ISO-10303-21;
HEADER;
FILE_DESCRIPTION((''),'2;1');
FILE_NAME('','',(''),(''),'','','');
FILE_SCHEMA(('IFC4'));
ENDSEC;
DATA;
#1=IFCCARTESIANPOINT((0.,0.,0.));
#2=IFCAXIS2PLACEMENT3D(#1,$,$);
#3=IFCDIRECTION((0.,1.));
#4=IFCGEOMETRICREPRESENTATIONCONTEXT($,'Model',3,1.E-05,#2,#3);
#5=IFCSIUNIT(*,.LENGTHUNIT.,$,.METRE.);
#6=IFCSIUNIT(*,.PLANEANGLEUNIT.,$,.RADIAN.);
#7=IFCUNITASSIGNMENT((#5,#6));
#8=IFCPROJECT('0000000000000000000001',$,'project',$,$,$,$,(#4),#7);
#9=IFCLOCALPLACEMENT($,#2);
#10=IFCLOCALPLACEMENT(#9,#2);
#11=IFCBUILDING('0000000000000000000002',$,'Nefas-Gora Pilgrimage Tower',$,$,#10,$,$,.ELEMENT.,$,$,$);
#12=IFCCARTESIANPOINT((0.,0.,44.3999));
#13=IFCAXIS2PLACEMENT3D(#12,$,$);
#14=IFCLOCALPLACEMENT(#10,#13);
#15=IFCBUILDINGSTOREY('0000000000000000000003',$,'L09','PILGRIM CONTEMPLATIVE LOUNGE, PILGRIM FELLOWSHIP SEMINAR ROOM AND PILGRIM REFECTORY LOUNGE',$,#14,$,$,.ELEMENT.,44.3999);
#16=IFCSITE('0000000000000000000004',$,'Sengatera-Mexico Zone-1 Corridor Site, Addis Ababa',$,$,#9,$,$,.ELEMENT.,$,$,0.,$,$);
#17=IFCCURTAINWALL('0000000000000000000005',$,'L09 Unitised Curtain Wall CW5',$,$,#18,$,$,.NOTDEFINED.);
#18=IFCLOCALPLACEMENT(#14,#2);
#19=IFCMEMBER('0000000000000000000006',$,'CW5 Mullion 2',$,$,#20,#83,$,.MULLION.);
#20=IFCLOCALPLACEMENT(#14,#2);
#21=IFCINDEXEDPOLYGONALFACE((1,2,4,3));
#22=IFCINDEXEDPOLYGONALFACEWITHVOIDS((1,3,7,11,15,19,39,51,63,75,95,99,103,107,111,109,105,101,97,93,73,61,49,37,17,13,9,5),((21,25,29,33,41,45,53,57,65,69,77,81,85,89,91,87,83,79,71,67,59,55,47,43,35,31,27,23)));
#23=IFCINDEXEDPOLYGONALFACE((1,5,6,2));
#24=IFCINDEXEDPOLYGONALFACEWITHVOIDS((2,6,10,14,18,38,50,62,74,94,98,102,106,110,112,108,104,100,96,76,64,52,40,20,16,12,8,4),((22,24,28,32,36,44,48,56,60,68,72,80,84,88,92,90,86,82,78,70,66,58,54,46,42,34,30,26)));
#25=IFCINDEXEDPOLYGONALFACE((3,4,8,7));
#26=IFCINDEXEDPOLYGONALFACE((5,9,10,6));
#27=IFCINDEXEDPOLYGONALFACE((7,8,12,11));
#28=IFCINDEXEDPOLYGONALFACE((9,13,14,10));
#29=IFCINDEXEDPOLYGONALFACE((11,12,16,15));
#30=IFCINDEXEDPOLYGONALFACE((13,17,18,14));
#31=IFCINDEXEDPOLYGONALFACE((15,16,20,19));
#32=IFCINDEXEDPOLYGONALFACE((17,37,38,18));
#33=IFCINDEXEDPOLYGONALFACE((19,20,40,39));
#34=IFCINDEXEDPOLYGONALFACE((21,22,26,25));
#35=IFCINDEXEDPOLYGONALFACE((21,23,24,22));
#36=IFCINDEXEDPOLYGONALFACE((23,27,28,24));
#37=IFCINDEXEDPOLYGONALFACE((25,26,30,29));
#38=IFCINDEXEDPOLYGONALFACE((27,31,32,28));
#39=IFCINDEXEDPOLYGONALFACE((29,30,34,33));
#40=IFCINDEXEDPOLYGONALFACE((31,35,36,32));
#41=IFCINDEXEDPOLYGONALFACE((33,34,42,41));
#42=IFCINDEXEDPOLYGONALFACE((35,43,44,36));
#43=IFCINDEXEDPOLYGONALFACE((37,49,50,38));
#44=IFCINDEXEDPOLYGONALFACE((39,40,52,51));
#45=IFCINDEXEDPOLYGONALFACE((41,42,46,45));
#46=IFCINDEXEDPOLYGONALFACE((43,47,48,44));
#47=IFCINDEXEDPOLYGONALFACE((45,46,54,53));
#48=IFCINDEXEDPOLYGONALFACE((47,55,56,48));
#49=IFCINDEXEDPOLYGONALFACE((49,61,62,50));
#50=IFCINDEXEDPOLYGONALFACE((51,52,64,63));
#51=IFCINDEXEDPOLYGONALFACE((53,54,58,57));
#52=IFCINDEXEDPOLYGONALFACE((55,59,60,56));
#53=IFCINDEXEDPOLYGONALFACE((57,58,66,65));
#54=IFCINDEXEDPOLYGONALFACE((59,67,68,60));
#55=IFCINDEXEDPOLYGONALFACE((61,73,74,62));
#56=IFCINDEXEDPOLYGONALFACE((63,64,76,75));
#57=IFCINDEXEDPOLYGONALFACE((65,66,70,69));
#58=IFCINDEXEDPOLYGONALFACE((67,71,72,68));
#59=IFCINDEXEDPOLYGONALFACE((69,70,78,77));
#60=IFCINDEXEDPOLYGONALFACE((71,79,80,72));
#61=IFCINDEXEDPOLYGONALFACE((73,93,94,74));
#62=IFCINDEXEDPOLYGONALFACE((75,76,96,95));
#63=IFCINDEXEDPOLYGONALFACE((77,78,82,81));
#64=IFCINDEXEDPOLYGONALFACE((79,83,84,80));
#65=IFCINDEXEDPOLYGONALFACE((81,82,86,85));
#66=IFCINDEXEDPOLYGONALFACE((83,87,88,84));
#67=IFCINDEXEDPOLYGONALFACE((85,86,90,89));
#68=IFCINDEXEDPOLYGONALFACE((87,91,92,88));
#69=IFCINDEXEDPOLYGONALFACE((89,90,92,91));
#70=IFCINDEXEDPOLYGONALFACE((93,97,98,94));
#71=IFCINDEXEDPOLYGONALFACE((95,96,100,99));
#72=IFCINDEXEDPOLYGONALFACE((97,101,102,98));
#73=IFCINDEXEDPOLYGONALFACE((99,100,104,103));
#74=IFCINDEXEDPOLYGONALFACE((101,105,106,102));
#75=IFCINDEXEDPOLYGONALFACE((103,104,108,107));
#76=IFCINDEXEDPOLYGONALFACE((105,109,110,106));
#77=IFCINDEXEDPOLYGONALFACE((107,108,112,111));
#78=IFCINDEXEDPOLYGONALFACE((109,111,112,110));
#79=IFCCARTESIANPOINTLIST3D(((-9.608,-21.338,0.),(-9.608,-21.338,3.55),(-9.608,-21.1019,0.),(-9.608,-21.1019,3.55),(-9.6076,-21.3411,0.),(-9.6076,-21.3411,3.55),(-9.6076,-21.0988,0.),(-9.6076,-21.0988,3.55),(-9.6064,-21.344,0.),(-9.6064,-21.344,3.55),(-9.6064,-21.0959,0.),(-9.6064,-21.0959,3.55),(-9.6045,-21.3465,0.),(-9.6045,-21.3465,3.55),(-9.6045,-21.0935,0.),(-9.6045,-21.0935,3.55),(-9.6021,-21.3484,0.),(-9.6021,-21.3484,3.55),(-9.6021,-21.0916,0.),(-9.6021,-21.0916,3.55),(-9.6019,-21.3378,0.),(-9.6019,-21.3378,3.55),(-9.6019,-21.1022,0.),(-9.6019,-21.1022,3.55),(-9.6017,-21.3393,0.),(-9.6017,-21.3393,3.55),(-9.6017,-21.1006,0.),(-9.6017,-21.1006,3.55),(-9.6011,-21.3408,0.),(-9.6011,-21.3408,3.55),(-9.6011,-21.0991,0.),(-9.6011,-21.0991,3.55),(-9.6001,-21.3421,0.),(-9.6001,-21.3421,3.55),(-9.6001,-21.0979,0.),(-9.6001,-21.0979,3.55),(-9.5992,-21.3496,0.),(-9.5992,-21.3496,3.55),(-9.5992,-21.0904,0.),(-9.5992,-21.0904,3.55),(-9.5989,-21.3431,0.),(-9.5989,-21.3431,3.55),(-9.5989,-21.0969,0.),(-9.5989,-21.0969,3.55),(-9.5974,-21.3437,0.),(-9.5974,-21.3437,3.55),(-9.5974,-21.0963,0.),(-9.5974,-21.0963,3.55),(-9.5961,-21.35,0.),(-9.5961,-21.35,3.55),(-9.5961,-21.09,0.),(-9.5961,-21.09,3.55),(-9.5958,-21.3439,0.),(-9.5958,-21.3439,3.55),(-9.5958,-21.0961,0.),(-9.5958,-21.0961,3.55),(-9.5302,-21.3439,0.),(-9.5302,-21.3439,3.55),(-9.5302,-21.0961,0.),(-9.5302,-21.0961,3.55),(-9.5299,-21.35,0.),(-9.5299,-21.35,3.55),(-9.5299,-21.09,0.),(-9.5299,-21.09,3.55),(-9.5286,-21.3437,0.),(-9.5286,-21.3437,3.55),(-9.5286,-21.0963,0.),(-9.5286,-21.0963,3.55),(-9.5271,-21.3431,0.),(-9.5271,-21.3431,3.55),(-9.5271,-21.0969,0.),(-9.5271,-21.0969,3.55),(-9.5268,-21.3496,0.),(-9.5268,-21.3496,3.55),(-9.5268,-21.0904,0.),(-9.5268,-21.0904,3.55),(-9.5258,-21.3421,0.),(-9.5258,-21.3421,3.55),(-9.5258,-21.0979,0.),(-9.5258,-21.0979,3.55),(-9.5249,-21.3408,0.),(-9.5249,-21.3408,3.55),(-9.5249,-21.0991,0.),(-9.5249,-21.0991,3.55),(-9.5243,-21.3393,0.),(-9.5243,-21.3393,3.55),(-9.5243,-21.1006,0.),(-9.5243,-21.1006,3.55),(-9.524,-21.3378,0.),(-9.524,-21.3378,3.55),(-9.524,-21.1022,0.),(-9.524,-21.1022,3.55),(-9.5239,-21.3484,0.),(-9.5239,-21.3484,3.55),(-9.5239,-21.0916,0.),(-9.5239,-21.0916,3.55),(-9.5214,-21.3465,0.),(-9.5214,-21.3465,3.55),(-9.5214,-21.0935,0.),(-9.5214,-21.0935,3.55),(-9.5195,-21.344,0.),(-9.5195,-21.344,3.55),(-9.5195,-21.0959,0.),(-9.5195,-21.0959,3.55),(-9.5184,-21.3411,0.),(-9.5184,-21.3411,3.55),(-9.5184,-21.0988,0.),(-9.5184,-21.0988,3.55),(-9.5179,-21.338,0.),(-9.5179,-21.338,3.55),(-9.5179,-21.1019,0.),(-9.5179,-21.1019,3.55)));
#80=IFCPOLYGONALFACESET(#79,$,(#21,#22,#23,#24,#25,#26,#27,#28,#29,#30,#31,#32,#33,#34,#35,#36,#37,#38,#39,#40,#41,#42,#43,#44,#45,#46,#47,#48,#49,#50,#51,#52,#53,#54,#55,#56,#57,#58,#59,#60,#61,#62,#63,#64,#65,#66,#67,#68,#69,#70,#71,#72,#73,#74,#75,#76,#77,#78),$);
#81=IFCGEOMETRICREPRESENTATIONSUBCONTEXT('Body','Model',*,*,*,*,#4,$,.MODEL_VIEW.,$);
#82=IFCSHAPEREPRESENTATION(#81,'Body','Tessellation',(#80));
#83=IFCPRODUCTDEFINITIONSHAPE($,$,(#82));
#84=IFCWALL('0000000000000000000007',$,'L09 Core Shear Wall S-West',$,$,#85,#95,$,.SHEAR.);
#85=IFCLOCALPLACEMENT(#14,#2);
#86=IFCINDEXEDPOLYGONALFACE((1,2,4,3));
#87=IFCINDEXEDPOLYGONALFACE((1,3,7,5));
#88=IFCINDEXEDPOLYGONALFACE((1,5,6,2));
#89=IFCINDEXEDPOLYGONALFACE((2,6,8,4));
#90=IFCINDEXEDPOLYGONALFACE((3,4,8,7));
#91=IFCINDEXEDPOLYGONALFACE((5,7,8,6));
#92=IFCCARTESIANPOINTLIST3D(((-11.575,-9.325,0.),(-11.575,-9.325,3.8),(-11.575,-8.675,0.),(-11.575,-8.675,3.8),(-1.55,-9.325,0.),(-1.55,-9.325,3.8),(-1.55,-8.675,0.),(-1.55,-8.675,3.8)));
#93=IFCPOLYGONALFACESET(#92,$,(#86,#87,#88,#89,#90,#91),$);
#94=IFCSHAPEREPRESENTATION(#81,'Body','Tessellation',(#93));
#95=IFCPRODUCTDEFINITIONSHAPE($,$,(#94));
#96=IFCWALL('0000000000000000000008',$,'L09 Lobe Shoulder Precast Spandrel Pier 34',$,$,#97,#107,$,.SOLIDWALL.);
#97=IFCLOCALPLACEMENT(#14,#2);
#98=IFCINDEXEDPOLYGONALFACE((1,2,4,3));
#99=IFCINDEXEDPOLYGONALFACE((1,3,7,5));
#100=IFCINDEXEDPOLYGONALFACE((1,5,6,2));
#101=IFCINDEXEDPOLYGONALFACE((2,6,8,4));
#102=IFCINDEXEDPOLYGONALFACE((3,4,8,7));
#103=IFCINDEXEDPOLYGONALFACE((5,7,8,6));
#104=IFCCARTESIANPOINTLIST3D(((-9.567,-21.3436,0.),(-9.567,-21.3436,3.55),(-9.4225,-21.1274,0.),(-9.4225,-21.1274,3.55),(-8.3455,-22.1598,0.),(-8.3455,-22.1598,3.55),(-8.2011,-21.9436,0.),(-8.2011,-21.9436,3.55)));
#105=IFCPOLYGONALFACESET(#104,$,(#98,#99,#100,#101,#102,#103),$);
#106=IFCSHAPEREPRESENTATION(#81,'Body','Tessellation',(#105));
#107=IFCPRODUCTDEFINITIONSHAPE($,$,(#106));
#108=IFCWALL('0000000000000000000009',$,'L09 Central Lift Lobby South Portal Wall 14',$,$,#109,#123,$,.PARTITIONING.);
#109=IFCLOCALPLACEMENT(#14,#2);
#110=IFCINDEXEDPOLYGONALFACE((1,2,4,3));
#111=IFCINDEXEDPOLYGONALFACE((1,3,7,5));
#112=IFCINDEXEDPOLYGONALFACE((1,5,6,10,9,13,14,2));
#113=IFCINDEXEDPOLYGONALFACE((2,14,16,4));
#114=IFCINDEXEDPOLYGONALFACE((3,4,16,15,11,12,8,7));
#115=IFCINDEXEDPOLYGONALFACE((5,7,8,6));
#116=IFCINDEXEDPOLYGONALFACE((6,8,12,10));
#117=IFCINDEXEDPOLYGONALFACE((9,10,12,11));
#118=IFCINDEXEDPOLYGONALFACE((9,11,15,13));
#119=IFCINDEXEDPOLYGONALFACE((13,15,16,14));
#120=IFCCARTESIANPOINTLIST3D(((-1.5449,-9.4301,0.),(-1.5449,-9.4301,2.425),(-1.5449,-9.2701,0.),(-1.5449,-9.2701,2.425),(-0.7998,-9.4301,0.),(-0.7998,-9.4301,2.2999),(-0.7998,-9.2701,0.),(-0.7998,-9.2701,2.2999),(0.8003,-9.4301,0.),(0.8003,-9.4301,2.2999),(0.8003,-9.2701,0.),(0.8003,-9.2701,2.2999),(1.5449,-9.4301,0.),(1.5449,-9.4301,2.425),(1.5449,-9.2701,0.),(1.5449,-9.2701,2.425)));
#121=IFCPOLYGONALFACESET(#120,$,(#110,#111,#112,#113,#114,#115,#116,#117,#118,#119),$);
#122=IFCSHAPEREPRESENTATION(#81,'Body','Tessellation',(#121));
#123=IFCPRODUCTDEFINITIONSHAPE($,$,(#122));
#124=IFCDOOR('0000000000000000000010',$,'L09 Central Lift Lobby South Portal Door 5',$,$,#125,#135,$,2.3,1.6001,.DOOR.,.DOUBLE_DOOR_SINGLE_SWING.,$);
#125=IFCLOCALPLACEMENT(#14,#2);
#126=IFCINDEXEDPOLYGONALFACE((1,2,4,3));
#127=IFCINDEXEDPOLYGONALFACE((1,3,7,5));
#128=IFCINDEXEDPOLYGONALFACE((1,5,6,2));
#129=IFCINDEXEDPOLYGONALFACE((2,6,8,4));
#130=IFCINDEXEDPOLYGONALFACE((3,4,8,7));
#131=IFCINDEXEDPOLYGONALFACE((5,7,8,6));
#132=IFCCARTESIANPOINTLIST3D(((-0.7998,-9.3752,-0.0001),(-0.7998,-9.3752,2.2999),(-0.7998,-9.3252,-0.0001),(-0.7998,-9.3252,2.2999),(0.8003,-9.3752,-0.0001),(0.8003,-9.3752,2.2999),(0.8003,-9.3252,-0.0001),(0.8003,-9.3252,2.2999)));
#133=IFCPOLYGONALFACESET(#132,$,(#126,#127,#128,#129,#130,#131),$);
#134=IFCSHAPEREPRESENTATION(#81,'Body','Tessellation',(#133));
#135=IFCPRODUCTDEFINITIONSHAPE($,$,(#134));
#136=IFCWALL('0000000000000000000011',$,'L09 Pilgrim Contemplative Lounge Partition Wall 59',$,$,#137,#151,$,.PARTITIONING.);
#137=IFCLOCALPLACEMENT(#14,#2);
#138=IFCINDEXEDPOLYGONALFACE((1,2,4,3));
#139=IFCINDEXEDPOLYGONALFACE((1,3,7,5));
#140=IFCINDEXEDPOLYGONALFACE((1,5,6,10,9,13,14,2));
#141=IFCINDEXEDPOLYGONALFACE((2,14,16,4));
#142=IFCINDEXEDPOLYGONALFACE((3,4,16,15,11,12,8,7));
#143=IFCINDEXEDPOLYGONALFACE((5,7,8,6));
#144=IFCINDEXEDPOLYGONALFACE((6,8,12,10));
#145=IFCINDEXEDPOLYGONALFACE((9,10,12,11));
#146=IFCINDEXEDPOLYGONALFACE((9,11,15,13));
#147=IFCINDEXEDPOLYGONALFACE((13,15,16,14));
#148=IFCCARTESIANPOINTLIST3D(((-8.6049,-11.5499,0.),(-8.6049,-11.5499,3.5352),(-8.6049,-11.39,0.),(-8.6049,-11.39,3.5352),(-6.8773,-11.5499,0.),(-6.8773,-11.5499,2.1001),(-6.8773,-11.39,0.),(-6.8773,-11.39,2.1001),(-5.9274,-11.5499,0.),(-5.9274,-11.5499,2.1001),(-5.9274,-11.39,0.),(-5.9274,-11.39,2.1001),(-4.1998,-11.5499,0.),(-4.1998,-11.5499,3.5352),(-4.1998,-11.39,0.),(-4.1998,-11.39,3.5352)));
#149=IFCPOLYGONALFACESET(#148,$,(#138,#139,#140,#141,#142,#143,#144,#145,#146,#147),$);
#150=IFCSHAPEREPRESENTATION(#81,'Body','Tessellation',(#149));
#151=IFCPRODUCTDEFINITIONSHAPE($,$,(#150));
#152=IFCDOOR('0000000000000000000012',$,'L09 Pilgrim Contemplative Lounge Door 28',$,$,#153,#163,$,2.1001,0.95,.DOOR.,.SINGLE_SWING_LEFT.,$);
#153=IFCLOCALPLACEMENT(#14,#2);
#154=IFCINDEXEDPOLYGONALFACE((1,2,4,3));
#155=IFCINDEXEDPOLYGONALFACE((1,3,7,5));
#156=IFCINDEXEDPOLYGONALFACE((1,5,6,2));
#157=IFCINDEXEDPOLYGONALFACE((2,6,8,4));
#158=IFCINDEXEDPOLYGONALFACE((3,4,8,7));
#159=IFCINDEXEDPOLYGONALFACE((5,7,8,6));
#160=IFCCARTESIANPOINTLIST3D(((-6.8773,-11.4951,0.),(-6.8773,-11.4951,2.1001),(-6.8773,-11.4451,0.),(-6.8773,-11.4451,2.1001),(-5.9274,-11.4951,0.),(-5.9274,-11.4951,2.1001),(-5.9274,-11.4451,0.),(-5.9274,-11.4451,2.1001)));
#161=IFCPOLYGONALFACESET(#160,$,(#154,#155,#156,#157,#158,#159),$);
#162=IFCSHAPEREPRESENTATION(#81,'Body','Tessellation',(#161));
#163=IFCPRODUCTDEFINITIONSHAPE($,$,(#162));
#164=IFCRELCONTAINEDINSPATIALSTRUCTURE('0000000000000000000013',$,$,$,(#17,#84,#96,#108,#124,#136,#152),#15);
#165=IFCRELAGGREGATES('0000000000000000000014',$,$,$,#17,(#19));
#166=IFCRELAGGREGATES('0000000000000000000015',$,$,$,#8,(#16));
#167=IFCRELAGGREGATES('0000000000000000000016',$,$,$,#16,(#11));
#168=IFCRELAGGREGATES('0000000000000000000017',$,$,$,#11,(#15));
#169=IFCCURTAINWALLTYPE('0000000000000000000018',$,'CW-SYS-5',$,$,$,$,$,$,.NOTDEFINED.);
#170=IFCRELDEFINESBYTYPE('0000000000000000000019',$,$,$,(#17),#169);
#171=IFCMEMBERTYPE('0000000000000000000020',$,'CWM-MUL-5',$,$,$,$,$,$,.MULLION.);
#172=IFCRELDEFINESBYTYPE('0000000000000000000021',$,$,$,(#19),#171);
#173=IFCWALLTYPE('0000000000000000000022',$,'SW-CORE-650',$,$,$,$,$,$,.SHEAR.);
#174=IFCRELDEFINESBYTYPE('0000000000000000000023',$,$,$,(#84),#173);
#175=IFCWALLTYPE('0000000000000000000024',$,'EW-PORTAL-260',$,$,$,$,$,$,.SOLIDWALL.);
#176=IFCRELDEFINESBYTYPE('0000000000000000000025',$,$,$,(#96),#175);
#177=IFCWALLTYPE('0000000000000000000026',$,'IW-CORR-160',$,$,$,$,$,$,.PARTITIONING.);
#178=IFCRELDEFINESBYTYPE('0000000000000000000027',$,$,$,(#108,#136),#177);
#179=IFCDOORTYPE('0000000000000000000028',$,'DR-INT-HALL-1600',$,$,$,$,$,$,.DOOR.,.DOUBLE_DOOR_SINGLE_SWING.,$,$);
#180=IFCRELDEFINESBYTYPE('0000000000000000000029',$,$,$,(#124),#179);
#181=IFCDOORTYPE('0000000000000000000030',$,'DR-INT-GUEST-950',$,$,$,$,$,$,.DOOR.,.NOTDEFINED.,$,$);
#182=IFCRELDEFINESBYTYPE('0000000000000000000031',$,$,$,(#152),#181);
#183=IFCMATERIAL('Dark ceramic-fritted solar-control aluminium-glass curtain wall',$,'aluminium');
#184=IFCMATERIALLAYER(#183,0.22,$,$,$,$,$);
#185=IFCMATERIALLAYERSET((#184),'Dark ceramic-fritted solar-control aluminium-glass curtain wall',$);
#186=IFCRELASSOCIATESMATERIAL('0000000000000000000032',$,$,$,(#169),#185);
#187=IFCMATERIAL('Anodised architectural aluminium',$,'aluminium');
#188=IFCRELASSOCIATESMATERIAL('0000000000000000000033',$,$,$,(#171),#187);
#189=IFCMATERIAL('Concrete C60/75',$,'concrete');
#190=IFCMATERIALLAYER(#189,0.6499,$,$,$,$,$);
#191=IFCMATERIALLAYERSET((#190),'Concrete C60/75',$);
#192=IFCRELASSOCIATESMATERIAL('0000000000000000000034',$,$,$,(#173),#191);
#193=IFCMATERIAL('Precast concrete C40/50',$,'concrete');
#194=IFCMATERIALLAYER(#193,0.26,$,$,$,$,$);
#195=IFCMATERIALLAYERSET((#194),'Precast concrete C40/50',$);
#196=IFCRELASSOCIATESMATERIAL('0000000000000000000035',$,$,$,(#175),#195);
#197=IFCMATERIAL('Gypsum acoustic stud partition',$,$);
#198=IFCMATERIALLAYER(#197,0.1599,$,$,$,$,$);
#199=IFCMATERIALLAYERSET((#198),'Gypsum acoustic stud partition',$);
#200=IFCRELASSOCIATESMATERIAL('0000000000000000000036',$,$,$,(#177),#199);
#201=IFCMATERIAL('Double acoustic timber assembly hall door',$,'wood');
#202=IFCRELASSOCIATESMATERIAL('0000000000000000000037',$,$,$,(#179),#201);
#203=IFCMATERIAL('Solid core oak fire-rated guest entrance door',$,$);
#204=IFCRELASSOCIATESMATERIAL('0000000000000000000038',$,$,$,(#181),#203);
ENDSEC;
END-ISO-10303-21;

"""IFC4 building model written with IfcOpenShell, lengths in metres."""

from ifc_helpers import new_model, si_unit, direction, frame, frame_2d, origin, origin_2d, place, context, subcontext, project, spatial, rectangle, hollow_rectangle, extrude, source, transform, mapped, material, layer, layer_set, material_profile, profile_set, type_object, element, fill, aggregate, save


model = new_model("IFC4")

# Units and contexts
model_context = context("Model", 3, precision=1e-05, world=origin(), true_north=direction((0.0, 1.0)))
body_context = subcontext(model_context, "Body", "Model", "MODEL_VIEW")
ifc_project = project(units=[si_unit("LENGTHUNIT", "METRE"), si_unit("PLANEANGLEUNIT", "RADIAN")], contexts=[model_context])

# Site, building, storey
site_placement = place(None, origin())
site = spatial("IfcSite", under=ifc_project, at=site_placement, Name="Sengatera-Mexico Zone-1 Corridor Site, Addis Ababa", CompositionType="ELEMENT", RefElevation=0.0)
building_placement = place(site_placement, origin())
building = spatial("IfcBuilding", under=site, at=building_placement, Name="Nefas-Gora Pilgrimage Tower", CompositionType="ELEMENT")
storey_placement = place(building_placement, frame((0.0, 0.0, 44.3999)))
storey = spatial("IfcBuildingStorey", under=building, at=storey_placement, Name="L09", Description="PILGRIM CONTEMPLATIVE LOUNGE, PILGRIM FELLOWSHIP SEMINAR ROOM AND PILGRIM REFECTORY LOUNGE", CompositionType="ELEMENT", Elevation=44.3999)

# Curtain wall, member
ifc_material_1 = material(Name="Dark ceramic-fritted solar-control aluminium-glass curtain wall", Category="aluminium")
ifc_layer_1 = layer(ifc_material_1, 0.22)
ifc_layer_set_1 = layer_set([ifc_layer_1], Name="Dark ceramic-fritted solar-control aluminium-glass curtain wall")
curtain_wall_type = type_object("IfcCurtainWallType", Name="CW-SYS-5", PredefinedType="NOTDEFINED", material=ifc_layer_set_1)
curtain_wall_placement = place(storey_placement, origin())
curtain_wall = element("IfcCurtainWall", 1, at=curtain_wall_placement, inside=storey, type_object=curtain_wall_type, Name="L09 Unitised Curtain Wall CW5", PredefinedType="NOTDEFINED")
ifc_material_2 = material(Name="Anodised architectural aluminium", Category="aluminium")
ifc_material_profile_1 = material_profile(ifc_material_2, hollow_rectangle(XDim=0.0901, YDim=0.26, WallThickness=0.0061, InnerFilletRadius=0.0061, OuterFilletRadius=0.012, at=origin_2d()), Name="ALU MULLION 90x260")
ifc_profile_set_1 = profile_set([ifc_material_profile_1], Name="Anodised architectural aluminium")
member_type = type_object("IfcMemberType", Name="CWM-MUL-5", PredefinedType="MULLION", material=ifc_profile_set_1)
shared_shape_1 = source(origin(), body_context, "Body", "SweptSolid", [
    extrude(hollow_rectangle(XDim=0.0901, YDim=0.26, WallThickness=0.0061, InnerFilletRadius=0.0061, OuterFilletRadius=0.012, at=origin_2d()), origin(), (0.0, 0.0, 1.0), 3.55),
])
member_placement = place(storey_placement, frame((-9.563, -21.22, 0.0), z_axis=(0.0, 0.0, 1.0), x_axis=(1.0, 0.0, 0.0)))
member = element("IfcMember", 2, at=member_placement, type_object=member_type, Name="CW5 Mullion 2", PredefinedType="MULLION", context=body_context, shape_type="MappedRepresentation", body=[
    mapped(shared_shape_1, transform((0.0, 0.0, 0.0), x_axis=(1.0, 0.0, 0.0), y_axis=(0.0, 1.0, 0.0), z_axis=(0.0, 0.0, 1.0), scale=1.0)),
])
aggregate(curtain_wall, [member])

# Walls
ifc_material_3 = material(Name="Concrete C60/75", Category="concrete")
ifc_layer_2 = layer(ifc_material_3, 0.6499)
ifc_layer_set_2 = layer_set([ifc_layer_2], Name="Concrete C60/75")
wall_type_1 = type_object("IfcWallType", Name="SW-CORE-650", PredefinedType="SHEAR", material=ifc_layer_set_2)
shared_shape_2 = source(origin(), body_context, "Body", "SweptSolid", [
    extrude(rectangle(XDim=10.0249, YDim=0.6499, at=frame_2d((5.0125, 0.0))), origin(), (0.0, 0.0, 1.0), 3.8),
])
wall_1_placement = place(storey_placement, frame((-11.575, -9.0, 0.0), z_axis=(0.0, 0.0, 1.0), x_axis=(1.0, 0.0, 0.0)))
element("IfcWall", 3, at=wall_1_placement, inside=storey, type_object=wall_type_1, Name="L09 Core Shear Wall S-West", PredefinedType="SHEAR", context=body_context, shape_type="MappedRepresentation", body=[
    mapped(shared_shape_2, transform((0.0, 0.0, 0.0), x_axis=(1.0, 0.0, 0.0), y_axis=(0.0, 1.0, 0.0), z_axis=(0.0, 0.0, 1.0), scale=1.0)),
])
ifc_material_4 = material(Name="Precast concrete C40/50", Category="concrete")
ifc_layer_3 = layer(ifc_material_4, 0.26)
ifc_layer_set_3 = layer_set([ifc_layer_3], Name="Precast concrete C40/50")
wall_type_2 = type_object("IfcWallType", Name="EW-PORTAL-260", PredefinedType="SOLIDWALL", material=ifc_layer_set_3)
shared_shape_3 = source(origin(), body_context, "Body", "SweptSolid", [
    extrude(rectangle(XDim=1.469, YDim=0.26, at=frame_2d((0.7344, 0.0))), origin(), (0.0, 0.0, 1.0), 3.55),
])
wall_2_placement = place(storey_placement, frame((-9.4946, -21.2356, 0.0), z_axis=(0.0, 0.0, 1.0), x_axis=(0.831462, -0.555582, 0.0)))
element("IfcWall", 4, at=wall_2_placement, inside=storey, type_object=wall_type_2, Name="L09 Lobe Shoulder Precast Spandrel Pier 34", PredefinedType="SOLIDWALL", context=body_context, shape_type="MappedRepresentation", body=[
    mapped(shared_shape_3, transform((0.0, 0.0, 0.0), x_axis=(1.0, 0.0, 0.0), y_axis=(0.0, 1.0, 0.0), z_axis=(0.0, 0.0, 1.0), scale=1.0)),
])

# Walls, openings, doors
ifc_material_5 = material(Name="Gypsum acoustic stud partition")
ifc_layer_4 = layer(ifc_material_5, 0.1599)
ifc_layer_set_4 = layer_set([ifc_layer_4], Name="Gypsum acoustic stud partition")
wall_type_3 = type_object("IfcWallType", Name="IW-CORR-160", PredefinedType="PARTITIONING", material=ifc_layer_set_4)
shared_shape_4 = source(origin(), body_context, "Body", "SweptSolid", [
    extrude(rectangle(XDim=3.0898, YDim=0.1599, at=frame_2d((1.5449, 0.0))), origin(), (0.0, 0.0, 1.0), 2.425),
])
wall_3_placement = place(storey_placement, frame((-1.5449, -9.3501, 0.0), z_axis=(0.0, 0.0, 1.0), x_axis=(1.0, 0.0, 0.0)))
wall_3 = element("IfcWall", 5, at=wall_3_placement, inside=storey, type_object=wall_type_3, Name="L09 Central Lift Lobby South Portal Wall 14", PredefinedType="PARTITIONING", context=body_context, shape_type="MappedRepresentation", body=[
    mapped(shared_shape_4, transform((0.0, 0.0, 0.0), x_axis=(1.0, 0.0, 0.0), y_axis=(0.0, 1.0, 0.0), z_axis=(0.0, 0.0, 1.0), scale=1.0)),
])
opening_1_placement = place(wall_3_placement, frame((0.7451, 0.0, 0.0)))
opening_1 = element("IfcOpeningElement", 6, at=opening_1_placement, cuts=wall_3, PredefinedType="OPENING", context=body_context, shape_type="SweptSolid", body=[
    extrude(rectangle(XDim=1.6001, YDim=2.3, at=frame_2d((0.8, 1.1499))), frame((0.0, 0.0898, 0.0), z_axis=(0.0, -1.0, 0.0), x_axis=(1.0, 0.0, 0.0)), (0.0, 0.0, 1.0), 0.1799),
])
ifc_material_6 = material(Name="Double acoustic timber assembly hall door", Category="wood")
door_type_1 = type_object("IfcDoorType", Name="DR-INT-HALL-1600", OperationType="DOUBLE_DOOR_SINGLE_SWING", PredefinedType="DOOR", material=ifc_material_6)
shared_shape_5 = source(origin(), body_context, "Body", "SweptSolid", [
    extrude(rectangle(XDim=1.6001, YDim=2.3, at=frame_2d((0.8, 1.1499))), frame((0.0, 0.0249, 0.0), z_axis=(0.0, -1.0, 0.0), x_axis=(1.0, 0.0, 0.0)), (0.0, 0.0, 1.0), 0.05),
])
door_1_placement = place(opening_1_placement, origin())
door_1 = element("IfcDoor", 7, at=door_1_placement, inside=storey, type_object=door_type_1, Name="L09 Central Lift Lobby South Portal Door 5", OperationType="DOUBLE_DOOR_SINGLE_SWING", OverallHeight=2.3, OverallWidth=1.6001, PredefinedType="DOOR", context=body_context, shape_type="MappedRepresentation", body=[
    mapped(shared_shape_5, transform((0.0, 0.0, 0.0), x_axis=(1.0, 0.0, 0.0), y_axis=(0.0, 1.0, 0.0), z_axis=(0.0, 0.0, 1.0), scale=1.0)),
])
fill(opening_1, door_1)
shared_shape_6 = source(origin(), body_context, "Body", "SweptSolid", [
    extrude(rectangle(XDim=4.405, YDim=0.1599, at=frame_2d((2.2026, 0.0))), origin(), (0.0, 0.0, 1.0), 3.5352),
])
wall_4_placement = place(storey_placement, frame((-8.605, -11.47, 0.0), z_axis=(0.0, 0.0, 1.0), x_axis=(1.0, 0.0, 0.0)))
wall_4 = element("IfcWall", 8, at=wall_4_placement, inside=storey, type_object=wall_type_3, Name="L09 Pilgrim Contemplative Lounge Partition Wall 59", PredefinedType="PARTITIONING", context=body_context, shape_type="MappedRepresentation", body=[
    mapped(shared_shape_6, transform((0.0, 0.0, 0.0), x_axis=(1.0, 0.0, 0.0), y_axis=(0.0, 1.0, 0.0), z_axis=(0.0, 0.0, 1.0), scale=1.0)),
])
opening_2_placement = place(wall_4_placement, frame((1.7275, 0.0, 0.0)))
opening_2 = element("IfcOpeningElement", 9, at=opening_2_placement, cuts=wall_4, PredefinedType="OPENING", context=body_context, shape_type="SweptSolid", body=[
    extrude(rectangle(XDim=0.95, YDim=2.1001, at=frame_2d((0.4751, 1.05))), frame((0.0, 0.0898, 0.0), z_axis=(0.0, -1.0, 0.0), x_axis=(1.0, 0.0, 0.0)), (0.0, 0.0, 1.0), 0.1799),
])
ifc_material_7 = material(Name="Solid core oak fire-rated guest entrance door")
door_type_2 = type_object("IfcDoorType", Name="DR-INT-GUEST-950", OperationType="NOTDEFINED", PredefinedType="DOOR", material=ifc_material_7)
shared_shape_7 = source(origin(), body_context, "Body", "SweptSolid", [
    extrude(rectangle(XDim=0.95, YDim=2.1001, at=frame_2d((0.4751, 1.05))), frame((0.0, 0.0249, 0.0), z_axis=(0.0, -1.0, 0.0), x_axis=(1.0, 0.0, 0.0)), (0.0, 0.0, 1.0), 0.05),
])
door_2_placement = place(opening_2_placement, origin())
door_2 = element("IfcDoor", 10, at=door_2_placement, inside=storey, type_object=door_type_2, Name="L09 Pilgrim Contemplative Lounge Door 28", OperationType="SINGLE_SWING_LEFT", OverallHeight=2.1001, OverallWidth=0.95, PredefinedType="DOOR", context=body_context, shape_type="MappedRepresentation", body=[
    mapped(shared_shape_7, transform((0.0, 0.0, 0.0), x_axis=(1.0, 0.0, 0.0), y_axis=(0.0, 1.0, 0.0), z_axis=(0.0, 0.0, 1.0), scale=1.0)),
])
fill(opening_2, door_2)

save(model, "model.ifc")
